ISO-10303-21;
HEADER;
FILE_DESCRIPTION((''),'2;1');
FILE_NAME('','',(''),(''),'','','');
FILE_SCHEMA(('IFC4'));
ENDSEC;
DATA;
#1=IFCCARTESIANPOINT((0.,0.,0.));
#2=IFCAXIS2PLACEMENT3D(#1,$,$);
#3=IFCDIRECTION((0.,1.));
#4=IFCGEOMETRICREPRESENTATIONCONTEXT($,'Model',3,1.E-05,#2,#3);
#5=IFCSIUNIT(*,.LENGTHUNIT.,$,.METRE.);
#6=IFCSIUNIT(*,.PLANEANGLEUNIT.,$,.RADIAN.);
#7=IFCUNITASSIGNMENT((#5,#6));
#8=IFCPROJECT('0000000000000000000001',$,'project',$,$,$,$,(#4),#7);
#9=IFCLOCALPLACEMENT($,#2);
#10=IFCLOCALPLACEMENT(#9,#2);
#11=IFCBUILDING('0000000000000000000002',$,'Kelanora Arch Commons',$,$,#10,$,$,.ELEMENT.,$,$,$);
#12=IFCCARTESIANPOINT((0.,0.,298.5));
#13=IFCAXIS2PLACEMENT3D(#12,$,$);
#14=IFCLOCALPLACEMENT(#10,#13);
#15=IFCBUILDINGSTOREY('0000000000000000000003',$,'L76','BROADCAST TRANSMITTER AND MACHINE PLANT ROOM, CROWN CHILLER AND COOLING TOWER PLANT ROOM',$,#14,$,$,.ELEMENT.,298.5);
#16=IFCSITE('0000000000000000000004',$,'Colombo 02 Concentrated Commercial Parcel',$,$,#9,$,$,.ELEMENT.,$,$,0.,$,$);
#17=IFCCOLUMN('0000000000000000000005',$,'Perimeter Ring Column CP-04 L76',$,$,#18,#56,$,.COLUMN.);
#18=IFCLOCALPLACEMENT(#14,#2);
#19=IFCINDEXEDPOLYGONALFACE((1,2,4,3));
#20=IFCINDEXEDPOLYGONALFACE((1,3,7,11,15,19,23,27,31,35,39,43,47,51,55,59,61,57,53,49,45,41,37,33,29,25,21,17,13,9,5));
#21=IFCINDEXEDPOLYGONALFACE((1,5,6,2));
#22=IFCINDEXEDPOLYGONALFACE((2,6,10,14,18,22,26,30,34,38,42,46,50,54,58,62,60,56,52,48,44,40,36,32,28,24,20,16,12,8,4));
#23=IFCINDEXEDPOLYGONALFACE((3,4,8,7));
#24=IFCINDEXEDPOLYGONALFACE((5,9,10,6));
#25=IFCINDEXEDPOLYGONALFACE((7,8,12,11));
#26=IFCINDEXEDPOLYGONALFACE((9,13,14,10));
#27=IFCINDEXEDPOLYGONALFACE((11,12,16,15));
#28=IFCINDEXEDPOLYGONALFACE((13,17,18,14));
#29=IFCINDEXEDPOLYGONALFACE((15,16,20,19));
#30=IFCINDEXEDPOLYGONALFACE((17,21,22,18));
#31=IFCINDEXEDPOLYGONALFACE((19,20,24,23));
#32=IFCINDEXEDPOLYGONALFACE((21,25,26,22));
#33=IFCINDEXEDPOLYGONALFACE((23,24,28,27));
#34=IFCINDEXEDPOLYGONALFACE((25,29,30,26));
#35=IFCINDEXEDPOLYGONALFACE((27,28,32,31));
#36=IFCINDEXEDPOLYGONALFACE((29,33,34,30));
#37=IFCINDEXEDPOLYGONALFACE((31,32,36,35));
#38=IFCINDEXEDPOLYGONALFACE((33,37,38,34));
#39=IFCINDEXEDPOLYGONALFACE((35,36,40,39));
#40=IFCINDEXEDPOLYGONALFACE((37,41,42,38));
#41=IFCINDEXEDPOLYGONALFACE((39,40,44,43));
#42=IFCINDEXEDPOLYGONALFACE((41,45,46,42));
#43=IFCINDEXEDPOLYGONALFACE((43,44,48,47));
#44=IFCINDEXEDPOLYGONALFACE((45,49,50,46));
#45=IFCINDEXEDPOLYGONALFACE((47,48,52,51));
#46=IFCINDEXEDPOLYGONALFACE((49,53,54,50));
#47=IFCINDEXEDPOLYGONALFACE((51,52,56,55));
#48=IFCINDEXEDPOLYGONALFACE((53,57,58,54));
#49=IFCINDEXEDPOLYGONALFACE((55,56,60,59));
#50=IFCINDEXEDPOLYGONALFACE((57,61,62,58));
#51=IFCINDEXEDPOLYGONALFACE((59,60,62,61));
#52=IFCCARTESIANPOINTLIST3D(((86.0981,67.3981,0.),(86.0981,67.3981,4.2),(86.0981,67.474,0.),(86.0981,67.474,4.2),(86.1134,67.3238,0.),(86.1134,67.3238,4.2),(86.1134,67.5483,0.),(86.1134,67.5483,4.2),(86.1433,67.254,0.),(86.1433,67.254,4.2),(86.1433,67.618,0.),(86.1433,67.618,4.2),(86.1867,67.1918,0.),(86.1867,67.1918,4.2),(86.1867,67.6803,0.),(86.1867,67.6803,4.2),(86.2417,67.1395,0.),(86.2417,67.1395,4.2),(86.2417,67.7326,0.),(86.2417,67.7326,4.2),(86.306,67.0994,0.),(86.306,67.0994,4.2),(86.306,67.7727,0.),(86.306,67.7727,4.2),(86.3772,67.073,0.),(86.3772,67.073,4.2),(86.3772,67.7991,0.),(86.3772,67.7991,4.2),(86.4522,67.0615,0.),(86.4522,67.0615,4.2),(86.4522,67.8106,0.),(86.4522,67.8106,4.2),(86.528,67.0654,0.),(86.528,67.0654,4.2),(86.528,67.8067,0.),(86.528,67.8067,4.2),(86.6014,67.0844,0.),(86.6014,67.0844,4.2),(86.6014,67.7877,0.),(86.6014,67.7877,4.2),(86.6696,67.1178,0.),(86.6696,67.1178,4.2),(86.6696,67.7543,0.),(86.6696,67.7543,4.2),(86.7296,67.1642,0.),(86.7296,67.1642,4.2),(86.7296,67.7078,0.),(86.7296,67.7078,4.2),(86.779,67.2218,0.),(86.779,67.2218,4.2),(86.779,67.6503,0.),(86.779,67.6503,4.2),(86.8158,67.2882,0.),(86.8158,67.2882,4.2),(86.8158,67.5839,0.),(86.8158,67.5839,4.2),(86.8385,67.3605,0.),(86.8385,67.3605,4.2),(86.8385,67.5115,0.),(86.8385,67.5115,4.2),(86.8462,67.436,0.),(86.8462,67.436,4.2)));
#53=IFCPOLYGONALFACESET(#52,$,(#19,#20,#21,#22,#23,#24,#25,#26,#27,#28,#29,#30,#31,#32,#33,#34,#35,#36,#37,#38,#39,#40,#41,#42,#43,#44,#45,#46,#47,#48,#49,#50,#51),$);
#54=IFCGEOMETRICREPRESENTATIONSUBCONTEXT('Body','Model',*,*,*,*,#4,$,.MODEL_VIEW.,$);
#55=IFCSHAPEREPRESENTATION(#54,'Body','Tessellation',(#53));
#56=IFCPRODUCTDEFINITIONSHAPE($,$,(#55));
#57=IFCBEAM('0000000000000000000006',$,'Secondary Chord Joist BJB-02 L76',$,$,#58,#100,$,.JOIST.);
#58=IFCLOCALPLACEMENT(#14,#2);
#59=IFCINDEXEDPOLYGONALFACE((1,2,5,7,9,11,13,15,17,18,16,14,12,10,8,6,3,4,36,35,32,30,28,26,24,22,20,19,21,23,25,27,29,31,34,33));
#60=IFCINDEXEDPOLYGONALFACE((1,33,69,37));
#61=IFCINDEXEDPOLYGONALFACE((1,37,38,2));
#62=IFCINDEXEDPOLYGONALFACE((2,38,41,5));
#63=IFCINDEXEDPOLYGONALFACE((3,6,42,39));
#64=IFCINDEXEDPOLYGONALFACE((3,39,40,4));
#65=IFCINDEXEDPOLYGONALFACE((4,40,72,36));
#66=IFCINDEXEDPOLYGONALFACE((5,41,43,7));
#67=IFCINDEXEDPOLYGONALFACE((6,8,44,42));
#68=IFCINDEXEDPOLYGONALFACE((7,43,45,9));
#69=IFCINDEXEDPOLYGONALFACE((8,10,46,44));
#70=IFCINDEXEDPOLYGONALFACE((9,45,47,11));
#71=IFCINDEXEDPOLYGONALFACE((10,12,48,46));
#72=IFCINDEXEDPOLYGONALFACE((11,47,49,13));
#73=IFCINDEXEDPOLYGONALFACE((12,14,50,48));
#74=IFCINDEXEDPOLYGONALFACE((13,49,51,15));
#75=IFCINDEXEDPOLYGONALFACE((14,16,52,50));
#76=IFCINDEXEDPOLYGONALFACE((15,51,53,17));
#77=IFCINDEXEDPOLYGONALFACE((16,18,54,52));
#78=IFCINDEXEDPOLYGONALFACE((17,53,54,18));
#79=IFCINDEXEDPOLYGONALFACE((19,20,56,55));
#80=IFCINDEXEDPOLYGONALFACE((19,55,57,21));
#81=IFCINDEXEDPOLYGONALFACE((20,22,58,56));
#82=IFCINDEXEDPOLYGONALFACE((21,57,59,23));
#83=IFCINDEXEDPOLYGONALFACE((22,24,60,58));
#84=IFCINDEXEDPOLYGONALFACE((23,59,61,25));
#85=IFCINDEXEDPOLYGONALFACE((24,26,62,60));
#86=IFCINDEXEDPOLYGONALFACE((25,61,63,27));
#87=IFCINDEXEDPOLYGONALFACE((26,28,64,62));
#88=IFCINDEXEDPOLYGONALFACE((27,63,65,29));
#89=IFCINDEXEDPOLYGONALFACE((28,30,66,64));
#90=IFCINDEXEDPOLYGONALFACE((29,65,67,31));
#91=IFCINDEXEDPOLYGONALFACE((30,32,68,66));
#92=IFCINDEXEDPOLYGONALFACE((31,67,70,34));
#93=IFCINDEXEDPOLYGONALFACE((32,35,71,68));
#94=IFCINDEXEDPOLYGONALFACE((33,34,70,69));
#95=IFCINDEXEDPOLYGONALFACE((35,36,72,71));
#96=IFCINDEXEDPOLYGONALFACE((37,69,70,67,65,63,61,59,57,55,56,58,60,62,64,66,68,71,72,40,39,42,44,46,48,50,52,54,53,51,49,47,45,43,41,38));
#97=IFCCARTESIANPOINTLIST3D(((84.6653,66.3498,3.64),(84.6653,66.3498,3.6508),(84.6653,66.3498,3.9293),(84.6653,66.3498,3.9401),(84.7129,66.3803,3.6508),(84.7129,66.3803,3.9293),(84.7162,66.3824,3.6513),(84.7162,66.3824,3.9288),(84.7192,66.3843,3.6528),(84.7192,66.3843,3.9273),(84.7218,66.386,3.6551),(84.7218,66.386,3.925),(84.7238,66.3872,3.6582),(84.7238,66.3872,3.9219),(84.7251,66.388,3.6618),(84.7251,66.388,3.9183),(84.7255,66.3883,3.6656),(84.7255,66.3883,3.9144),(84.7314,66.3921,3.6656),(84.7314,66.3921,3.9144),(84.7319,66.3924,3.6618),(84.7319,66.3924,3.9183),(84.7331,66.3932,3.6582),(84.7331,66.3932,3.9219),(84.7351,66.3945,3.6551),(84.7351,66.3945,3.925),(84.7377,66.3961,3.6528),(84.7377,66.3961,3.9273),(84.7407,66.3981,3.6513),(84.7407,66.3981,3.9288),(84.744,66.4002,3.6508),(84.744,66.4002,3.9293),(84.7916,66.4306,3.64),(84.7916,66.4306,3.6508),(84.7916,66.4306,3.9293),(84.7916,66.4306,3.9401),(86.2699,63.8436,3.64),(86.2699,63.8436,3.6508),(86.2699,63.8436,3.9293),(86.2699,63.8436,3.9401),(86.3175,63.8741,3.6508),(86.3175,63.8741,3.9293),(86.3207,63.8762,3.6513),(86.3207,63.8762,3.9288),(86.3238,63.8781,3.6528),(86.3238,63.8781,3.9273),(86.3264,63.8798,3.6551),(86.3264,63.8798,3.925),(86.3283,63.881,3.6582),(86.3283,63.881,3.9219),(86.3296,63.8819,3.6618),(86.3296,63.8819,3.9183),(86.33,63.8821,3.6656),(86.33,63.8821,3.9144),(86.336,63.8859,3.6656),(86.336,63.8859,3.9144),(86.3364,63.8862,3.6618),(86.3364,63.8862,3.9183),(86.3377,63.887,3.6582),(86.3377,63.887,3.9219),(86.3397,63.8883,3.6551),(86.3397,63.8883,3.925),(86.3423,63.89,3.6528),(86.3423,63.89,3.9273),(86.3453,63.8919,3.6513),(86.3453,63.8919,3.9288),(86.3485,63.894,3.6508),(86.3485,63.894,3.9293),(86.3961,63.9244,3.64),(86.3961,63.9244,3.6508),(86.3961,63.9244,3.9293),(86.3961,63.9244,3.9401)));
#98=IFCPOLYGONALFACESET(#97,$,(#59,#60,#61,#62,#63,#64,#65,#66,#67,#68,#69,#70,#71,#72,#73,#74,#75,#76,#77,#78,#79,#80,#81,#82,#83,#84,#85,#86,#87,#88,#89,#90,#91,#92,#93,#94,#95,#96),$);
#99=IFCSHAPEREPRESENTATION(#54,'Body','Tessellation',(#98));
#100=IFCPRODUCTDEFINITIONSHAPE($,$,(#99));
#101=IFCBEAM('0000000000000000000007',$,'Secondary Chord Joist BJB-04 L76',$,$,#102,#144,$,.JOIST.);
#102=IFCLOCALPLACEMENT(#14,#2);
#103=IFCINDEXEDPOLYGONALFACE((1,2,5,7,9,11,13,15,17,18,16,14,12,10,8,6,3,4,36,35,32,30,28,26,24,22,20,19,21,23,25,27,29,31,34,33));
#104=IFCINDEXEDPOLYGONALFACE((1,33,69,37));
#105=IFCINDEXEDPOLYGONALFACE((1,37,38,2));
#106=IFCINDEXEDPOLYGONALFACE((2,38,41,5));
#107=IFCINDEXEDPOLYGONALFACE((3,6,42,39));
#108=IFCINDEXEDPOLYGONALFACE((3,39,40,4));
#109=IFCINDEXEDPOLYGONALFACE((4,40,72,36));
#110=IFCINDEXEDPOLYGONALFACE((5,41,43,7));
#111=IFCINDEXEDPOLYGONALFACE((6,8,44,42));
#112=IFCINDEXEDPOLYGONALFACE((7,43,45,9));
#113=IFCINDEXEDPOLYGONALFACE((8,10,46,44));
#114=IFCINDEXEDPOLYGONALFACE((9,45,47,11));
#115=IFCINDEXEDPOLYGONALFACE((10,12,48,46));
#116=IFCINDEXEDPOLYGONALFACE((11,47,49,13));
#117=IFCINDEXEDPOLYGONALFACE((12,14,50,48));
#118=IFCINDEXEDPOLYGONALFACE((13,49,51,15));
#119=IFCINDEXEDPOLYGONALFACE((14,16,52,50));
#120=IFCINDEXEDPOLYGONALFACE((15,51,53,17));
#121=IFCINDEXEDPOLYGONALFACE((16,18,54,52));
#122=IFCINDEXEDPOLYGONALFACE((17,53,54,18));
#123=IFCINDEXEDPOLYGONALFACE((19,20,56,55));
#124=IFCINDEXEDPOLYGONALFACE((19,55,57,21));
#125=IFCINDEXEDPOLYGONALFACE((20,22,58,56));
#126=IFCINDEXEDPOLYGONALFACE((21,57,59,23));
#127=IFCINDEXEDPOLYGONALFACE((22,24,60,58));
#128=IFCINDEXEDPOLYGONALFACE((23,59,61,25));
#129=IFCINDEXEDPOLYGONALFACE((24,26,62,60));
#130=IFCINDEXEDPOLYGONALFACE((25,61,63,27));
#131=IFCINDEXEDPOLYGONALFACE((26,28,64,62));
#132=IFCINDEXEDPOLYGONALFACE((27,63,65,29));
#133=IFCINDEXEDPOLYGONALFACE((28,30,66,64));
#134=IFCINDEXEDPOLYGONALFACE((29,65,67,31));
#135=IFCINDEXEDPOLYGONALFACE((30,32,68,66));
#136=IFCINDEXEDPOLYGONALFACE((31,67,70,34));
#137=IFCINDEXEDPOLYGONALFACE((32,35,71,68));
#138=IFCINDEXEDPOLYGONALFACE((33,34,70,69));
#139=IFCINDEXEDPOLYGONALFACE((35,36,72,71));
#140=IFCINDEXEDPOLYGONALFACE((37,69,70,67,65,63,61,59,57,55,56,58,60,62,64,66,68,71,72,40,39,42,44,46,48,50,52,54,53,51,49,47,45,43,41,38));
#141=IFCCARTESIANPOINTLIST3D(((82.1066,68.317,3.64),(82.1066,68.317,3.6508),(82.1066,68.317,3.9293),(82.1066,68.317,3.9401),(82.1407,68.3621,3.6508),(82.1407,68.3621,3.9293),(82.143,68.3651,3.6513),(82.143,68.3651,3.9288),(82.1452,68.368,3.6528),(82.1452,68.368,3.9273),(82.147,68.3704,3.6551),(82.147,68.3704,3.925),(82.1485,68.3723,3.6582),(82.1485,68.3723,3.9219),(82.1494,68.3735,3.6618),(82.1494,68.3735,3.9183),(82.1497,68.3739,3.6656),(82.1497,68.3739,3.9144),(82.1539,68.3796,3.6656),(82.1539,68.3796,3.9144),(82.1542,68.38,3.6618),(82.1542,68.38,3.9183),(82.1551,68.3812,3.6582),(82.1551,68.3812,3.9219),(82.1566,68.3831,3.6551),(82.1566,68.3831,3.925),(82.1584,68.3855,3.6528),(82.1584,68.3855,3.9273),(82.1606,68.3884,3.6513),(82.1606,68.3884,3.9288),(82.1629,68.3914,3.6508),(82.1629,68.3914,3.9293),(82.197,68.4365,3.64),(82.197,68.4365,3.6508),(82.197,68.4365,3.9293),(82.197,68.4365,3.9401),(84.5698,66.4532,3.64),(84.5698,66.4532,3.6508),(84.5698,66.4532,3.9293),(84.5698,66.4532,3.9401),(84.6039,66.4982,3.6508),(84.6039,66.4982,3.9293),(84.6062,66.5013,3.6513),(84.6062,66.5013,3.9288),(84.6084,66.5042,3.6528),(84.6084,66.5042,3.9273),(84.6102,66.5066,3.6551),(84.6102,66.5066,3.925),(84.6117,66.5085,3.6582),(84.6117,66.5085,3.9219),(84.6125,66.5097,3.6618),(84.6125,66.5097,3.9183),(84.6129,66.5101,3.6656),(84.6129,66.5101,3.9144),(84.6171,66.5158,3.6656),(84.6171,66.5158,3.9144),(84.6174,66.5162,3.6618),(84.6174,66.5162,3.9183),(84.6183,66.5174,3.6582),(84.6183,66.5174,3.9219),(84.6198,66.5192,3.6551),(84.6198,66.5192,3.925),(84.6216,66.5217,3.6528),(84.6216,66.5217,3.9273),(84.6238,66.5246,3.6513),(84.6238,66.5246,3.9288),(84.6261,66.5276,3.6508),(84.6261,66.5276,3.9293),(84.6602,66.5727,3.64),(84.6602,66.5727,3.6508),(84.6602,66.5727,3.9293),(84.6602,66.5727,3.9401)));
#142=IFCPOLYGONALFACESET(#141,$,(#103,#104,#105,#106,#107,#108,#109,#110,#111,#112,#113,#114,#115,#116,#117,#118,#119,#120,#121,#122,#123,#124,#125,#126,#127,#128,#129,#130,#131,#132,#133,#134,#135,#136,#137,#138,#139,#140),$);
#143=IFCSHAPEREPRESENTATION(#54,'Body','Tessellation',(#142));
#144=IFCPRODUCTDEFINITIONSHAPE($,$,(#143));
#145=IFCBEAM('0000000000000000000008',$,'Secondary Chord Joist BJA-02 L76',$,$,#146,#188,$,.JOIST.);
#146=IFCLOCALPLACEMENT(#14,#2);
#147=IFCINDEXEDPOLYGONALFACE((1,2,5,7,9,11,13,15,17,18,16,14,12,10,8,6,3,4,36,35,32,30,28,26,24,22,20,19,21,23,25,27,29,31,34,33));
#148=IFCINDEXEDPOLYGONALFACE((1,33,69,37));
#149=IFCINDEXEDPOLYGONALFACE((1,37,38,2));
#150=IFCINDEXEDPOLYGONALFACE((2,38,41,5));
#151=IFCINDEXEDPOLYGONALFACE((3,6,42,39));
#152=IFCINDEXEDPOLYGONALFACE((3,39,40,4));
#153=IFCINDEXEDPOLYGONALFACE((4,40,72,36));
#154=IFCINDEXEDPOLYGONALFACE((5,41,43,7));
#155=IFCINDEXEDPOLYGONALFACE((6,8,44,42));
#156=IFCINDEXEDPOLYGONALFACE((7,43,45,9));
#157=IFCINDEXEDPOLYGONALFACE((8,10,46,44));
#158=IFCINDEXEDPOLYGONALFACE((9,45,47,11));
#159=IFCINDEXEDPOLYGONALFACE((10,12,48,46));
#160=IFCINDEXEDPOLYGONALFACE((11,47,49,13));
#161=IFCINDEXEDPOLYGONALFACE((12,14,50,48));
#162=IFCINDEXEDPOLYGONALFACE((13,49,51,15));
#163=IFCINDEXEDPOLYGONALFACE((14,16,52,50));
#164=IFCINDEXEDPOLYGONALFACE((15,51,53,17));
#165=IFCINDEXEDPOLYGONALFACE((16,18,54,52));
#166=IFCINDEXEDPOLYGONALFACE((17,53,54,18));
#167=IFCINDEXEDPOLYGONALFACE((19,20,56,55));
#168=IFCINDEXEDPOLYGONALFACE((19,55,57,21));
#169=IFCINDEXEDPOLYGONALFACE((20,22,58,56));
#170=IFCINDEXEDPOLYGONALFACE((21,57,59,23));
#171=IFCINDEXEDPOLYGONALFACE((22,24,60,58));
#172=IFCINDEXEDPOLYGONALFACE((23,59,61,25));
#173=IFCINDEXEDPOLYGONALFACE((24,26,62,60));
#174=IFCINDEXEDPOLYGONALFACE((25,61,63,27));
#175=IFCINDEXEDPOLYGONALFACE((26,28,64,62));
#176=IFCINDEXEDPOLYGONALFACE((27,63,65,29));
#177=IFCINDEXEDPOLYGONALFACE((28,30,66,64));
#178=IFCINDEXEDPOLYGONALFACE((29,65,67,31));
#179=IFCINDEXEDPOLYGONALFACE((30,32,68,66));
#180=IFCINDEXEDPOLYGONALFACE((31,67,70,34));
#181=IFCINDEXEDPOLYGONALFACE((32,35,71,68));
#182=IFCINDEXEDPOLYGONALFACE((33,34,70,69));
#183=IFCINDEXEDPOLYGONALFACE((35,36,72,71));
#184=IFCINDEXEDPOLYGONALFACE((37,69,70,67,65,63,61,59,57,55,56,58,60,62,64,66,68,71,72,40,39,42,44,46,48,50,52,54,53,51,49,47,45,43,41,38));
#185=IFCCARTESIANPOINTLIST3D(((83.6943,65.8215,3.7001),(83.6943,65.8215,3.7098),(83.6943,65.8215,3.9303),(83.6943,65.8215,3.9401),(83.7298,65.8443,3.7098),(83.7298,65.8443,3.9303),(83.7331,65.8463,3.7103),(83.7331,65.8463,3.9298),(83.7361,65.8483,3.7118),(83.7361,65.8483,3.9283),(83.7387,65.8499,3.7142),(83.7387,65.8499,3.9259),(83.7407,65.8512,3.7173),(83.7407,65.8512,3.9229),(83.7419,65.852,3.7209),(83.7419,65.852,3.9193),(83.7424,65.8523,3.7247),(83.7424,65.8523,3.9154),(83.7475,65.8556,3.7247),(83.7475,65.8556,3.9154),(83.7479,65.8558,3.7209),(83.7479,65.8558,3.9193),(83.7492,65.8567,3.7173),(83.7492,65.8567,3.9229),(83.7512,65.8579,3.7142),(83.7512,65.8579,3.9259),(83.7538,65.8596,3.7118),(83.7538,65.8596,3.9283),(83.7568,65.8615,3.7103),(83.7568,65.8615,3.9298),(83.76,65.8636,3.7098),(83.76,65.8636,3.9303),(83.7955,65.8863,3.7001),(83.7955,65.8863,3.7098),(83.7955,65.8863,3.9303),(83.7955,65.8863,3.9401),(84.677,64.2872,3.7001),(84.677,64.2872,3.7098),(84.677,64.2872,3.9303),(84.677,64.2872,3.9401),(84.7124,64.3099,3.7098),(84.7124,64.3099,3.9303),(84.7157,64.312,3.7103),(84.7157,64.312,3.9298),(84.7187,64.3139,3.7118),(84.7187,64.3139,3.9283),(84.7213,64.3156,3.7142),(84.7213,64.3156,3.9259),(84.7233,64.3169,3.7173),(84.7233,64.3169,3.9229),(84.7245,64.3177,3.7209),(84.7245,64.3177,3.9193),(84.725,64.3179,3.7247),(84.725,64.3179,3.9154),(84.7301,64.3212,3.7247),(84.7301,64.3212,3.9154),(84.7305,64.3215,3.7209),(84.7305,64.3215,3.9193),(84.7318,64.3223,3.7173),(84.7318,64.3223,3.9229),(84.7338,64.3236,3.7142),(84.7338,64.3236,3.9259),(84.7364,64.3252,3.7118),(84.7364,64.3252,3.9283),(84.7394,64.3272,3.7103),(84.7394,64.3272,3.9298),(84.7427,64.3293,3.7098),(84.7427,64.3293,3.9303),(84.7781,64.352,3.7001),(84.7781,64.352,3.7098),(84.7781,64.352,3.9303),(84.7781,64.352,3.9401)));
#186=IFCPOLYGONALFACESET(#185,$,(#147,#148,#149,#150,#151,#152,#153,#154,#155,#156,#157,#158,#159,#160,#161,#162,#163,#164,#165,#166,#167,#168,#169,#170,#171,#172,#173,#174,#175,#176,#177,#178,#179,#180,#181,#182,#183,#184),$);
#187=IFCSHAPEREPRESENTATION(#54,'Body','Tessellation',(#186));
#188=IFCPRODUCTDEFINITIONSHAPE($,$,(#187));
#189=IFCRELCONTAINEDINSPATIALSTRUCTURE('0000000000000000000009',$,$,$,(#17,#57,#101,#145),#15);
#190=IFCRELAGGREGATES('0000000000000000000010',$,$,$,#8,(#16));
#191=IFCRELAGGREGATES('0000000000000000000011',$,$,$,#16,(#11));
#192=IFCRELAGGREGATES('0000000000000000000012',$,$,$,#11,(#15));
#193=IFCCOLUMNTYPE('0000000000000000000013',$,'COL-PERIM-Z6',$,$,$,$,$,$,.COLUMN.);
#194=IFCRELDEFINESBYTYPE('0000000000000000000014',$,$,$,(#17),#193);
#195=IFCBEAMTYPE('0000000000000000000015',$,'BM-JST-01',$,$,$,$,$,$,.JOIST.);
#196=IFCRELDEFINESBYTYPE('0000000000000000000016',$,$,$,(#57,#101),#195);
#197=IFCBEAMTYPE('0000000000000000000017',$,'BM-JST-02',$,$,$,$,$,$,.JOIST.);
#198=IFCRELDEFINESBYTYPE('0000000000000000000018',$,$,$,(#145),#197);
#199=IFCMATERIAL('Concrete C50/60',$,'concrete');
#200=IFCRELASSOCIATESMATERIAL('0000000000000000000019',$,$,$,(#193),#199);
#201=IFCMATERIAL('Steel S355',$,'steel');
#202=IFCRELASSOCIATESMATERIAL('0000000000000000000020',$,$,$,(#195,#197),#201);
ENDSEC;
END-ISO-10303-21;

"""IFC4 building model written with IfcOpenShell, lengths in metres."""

from ifc_helpers import new_model, si_unit, direction, frame, origin, origin_2d, place, context, subcontext, project, spatial, circle, i_section, extrude, material, material_profile, profile_set, type_object, element, save


model = new_model("IFC4")

# Units and contexts
model_context = context("Model", 3, precision=1e-05, world=origin(), true_north=direction((0.0, 1.0)))
body_context = subcontext(model_context, "Body", "Model", "MODEL_VIEW")
ifc_project = project(units=[si_unit("LENGTHUNIT", "METRE"), si_unit("PLANEANGLEUNIT", "RADIAN")], contexts=[model_context])

# Site, building, storey
site_placement = place(None, origin())
site = spatial("IfcSite", under=ifc_project, at=site_placement, Name="Colombo 02 Concentrated Commercial Parcel", CompositionType="ELEMENT", RefElevation=0.0)
building_placement = place(site_placement, origin())
building = spatial("IfcBuilding", under=site, at=building_placement, Name="Kelanora Arch Commons", CompositionType="ELEMENT")
storey_placement = place(building_placement, frame((0.0, 0.0, 298.5)))
storey = spatial("IfcBuildingStorey", under=building, at=storey_placement, Name="L76", Description="BROADCAST TRANSMITTER AND MACHINE PLANT ROOM, CROWN CHILLER AND COOLING TOWER PLANT ROOM", CompositionType="ELEMENT", Elevation=298.5)

# Column
ifc_material_1 = material(Name="Concrete C50/60", Category="concrete")
ifc_material_profile_1 = material_profile(ifc_material_1, circle(Radius=0.375, at=origin_2d()), Name="RCC750")
ifc_profile_set_1 = profile_set([ifc_material_profile_1], Name="Concrete C50/60")
column_type = type_object("IfcColumnType", Name="COL-PERIM-Z6", PredefinedType="COLUMN", material=ifc_profile_set_1)
column_placement = place(storey_placement, frame((86.4712, 67.436, 0.0), z_axis=(0.0, 0.0, 1.0), x_axis=(1.0, 0.0, 0.0)))
element("IfcColumn", 1, at=column_placement, inside=storey, type_object=column_type, Name="Perimeter Ring Column CP-04 L76", PredefinedType="COLUMN", context=body_context, shape_type="SweptSolid", body=[
    extrude(circle(Radius=0.375, at=origin_2d()), origin(), (0.0, 0.0, 1.0), 4.2),
])

# Beams
ifc_material_2 = material(Name="Steel S355", Category="steel")
ifc_material_profile_2 = material_profile(ifc_material_2, i_section(OverallWidth=0.1499, OverallDepth=0.3, WebThickness=0.0071, FlangeThickness=0.0107, FilletRadius=0.0149, at=origin_2d()), Name="IPE300")
ifc_profile_set_2 = profile_set([ifc_material_profile_2], Name="Steel S355")
beam_type_1 = type_object("IfcBeamType", Name="BM-JST-01", PredefinedType="JOIST", material=ifc_profile_set_2)
beam_1_placement = place(storey_placement, frame((86.333, 63.884, 3.79), z_axis=(-0.539193, 0.842182, 0.0), x_axis=(-0.842182, -0.539193, 0.0)))
element("IfcBeam", 2, at=beam_1_placement, inside=storey, type_object=beam_type_1, Name="Secondary Chord Joist BJB-02 L76", PredefinedType="JOIST", context=body_context, shape_type="SweptSolid", body=[
    extrude(i_section(OverallWidth=0.1499, OverallDepth=0.3, WebThickness=0.0071, FlangeThickness=0.0107, FilletRadius=0.0149, at=origin_2d()), origin(), (0.0, 0.0, 1.0), 2.9758),
])
beam_2_placement = place(storey_placement, frame((84.615, 66.5129, 3.79), z_axis=(-0.797441, 0.603396, 0.0), x_axis=(-0.603396, -0.797441, 0.0)))
element("IfcBeam", 3, at=beam_2_placement, inside=storey, type_object=beam_type_1, Name="Secondary Chord Joist BJB-04 L76", PredefinedType="JOIST", context=body_context, shape_type="SweptSolid", body=[
    extrude(i_section(OverallWidth=0.1499, OverallDepth=0.3, WebThickness=0.0071, FlangeThickness=0.0107, FilletRadius=0.0149, at=origin_2d()), origin(), (0.0, 0.0, 1.0), 3.0889),
])
ifc_material_profile_3 = material_profile(ifc_material_2, i_section(OverallWidth=0.1201, OverallDepth=0.24, WebThickness=0.0061, FlangeThickness=0.0098, FilletRadius=0.0149, at=origin_2d()), Name="IPE240")
ifc_profile_set_3 = profile_set([ifc_material_profile_3], Name="Steel S355")
beam_type_2 = type_object("IfcBeamType", Name="BM-JST-02", PredefinedType="JOIST", material=ifc_profile_set_3)
beam_3_placement = place(storey_placement, frame((84.7275, 64.3196, 3.8201), z_axis=(-0.539301, 0.842113, 0.0), x_axis=(-0.842113, -0.539301, 0.0)))
element("IfcBeam", 4, at=beam_3_placement, inside=storey, type_object=beam_type_2, Name="Secondary Chord Joist BJA-02 L76", PredefinedType="JOIST", context=body_context, shape_type="SweptSolid", body=[
    extrude(i_section(OverallWidth=0.1201, OverallDepth=0.24, WebThickness=0.0061, FlangeThickness=0.0098, FilletRadius=0.0149, at=origin_2d()), origin(), (0.0, 0.0, 1.0), 1.822),
])

save(model, "model.ifc")
